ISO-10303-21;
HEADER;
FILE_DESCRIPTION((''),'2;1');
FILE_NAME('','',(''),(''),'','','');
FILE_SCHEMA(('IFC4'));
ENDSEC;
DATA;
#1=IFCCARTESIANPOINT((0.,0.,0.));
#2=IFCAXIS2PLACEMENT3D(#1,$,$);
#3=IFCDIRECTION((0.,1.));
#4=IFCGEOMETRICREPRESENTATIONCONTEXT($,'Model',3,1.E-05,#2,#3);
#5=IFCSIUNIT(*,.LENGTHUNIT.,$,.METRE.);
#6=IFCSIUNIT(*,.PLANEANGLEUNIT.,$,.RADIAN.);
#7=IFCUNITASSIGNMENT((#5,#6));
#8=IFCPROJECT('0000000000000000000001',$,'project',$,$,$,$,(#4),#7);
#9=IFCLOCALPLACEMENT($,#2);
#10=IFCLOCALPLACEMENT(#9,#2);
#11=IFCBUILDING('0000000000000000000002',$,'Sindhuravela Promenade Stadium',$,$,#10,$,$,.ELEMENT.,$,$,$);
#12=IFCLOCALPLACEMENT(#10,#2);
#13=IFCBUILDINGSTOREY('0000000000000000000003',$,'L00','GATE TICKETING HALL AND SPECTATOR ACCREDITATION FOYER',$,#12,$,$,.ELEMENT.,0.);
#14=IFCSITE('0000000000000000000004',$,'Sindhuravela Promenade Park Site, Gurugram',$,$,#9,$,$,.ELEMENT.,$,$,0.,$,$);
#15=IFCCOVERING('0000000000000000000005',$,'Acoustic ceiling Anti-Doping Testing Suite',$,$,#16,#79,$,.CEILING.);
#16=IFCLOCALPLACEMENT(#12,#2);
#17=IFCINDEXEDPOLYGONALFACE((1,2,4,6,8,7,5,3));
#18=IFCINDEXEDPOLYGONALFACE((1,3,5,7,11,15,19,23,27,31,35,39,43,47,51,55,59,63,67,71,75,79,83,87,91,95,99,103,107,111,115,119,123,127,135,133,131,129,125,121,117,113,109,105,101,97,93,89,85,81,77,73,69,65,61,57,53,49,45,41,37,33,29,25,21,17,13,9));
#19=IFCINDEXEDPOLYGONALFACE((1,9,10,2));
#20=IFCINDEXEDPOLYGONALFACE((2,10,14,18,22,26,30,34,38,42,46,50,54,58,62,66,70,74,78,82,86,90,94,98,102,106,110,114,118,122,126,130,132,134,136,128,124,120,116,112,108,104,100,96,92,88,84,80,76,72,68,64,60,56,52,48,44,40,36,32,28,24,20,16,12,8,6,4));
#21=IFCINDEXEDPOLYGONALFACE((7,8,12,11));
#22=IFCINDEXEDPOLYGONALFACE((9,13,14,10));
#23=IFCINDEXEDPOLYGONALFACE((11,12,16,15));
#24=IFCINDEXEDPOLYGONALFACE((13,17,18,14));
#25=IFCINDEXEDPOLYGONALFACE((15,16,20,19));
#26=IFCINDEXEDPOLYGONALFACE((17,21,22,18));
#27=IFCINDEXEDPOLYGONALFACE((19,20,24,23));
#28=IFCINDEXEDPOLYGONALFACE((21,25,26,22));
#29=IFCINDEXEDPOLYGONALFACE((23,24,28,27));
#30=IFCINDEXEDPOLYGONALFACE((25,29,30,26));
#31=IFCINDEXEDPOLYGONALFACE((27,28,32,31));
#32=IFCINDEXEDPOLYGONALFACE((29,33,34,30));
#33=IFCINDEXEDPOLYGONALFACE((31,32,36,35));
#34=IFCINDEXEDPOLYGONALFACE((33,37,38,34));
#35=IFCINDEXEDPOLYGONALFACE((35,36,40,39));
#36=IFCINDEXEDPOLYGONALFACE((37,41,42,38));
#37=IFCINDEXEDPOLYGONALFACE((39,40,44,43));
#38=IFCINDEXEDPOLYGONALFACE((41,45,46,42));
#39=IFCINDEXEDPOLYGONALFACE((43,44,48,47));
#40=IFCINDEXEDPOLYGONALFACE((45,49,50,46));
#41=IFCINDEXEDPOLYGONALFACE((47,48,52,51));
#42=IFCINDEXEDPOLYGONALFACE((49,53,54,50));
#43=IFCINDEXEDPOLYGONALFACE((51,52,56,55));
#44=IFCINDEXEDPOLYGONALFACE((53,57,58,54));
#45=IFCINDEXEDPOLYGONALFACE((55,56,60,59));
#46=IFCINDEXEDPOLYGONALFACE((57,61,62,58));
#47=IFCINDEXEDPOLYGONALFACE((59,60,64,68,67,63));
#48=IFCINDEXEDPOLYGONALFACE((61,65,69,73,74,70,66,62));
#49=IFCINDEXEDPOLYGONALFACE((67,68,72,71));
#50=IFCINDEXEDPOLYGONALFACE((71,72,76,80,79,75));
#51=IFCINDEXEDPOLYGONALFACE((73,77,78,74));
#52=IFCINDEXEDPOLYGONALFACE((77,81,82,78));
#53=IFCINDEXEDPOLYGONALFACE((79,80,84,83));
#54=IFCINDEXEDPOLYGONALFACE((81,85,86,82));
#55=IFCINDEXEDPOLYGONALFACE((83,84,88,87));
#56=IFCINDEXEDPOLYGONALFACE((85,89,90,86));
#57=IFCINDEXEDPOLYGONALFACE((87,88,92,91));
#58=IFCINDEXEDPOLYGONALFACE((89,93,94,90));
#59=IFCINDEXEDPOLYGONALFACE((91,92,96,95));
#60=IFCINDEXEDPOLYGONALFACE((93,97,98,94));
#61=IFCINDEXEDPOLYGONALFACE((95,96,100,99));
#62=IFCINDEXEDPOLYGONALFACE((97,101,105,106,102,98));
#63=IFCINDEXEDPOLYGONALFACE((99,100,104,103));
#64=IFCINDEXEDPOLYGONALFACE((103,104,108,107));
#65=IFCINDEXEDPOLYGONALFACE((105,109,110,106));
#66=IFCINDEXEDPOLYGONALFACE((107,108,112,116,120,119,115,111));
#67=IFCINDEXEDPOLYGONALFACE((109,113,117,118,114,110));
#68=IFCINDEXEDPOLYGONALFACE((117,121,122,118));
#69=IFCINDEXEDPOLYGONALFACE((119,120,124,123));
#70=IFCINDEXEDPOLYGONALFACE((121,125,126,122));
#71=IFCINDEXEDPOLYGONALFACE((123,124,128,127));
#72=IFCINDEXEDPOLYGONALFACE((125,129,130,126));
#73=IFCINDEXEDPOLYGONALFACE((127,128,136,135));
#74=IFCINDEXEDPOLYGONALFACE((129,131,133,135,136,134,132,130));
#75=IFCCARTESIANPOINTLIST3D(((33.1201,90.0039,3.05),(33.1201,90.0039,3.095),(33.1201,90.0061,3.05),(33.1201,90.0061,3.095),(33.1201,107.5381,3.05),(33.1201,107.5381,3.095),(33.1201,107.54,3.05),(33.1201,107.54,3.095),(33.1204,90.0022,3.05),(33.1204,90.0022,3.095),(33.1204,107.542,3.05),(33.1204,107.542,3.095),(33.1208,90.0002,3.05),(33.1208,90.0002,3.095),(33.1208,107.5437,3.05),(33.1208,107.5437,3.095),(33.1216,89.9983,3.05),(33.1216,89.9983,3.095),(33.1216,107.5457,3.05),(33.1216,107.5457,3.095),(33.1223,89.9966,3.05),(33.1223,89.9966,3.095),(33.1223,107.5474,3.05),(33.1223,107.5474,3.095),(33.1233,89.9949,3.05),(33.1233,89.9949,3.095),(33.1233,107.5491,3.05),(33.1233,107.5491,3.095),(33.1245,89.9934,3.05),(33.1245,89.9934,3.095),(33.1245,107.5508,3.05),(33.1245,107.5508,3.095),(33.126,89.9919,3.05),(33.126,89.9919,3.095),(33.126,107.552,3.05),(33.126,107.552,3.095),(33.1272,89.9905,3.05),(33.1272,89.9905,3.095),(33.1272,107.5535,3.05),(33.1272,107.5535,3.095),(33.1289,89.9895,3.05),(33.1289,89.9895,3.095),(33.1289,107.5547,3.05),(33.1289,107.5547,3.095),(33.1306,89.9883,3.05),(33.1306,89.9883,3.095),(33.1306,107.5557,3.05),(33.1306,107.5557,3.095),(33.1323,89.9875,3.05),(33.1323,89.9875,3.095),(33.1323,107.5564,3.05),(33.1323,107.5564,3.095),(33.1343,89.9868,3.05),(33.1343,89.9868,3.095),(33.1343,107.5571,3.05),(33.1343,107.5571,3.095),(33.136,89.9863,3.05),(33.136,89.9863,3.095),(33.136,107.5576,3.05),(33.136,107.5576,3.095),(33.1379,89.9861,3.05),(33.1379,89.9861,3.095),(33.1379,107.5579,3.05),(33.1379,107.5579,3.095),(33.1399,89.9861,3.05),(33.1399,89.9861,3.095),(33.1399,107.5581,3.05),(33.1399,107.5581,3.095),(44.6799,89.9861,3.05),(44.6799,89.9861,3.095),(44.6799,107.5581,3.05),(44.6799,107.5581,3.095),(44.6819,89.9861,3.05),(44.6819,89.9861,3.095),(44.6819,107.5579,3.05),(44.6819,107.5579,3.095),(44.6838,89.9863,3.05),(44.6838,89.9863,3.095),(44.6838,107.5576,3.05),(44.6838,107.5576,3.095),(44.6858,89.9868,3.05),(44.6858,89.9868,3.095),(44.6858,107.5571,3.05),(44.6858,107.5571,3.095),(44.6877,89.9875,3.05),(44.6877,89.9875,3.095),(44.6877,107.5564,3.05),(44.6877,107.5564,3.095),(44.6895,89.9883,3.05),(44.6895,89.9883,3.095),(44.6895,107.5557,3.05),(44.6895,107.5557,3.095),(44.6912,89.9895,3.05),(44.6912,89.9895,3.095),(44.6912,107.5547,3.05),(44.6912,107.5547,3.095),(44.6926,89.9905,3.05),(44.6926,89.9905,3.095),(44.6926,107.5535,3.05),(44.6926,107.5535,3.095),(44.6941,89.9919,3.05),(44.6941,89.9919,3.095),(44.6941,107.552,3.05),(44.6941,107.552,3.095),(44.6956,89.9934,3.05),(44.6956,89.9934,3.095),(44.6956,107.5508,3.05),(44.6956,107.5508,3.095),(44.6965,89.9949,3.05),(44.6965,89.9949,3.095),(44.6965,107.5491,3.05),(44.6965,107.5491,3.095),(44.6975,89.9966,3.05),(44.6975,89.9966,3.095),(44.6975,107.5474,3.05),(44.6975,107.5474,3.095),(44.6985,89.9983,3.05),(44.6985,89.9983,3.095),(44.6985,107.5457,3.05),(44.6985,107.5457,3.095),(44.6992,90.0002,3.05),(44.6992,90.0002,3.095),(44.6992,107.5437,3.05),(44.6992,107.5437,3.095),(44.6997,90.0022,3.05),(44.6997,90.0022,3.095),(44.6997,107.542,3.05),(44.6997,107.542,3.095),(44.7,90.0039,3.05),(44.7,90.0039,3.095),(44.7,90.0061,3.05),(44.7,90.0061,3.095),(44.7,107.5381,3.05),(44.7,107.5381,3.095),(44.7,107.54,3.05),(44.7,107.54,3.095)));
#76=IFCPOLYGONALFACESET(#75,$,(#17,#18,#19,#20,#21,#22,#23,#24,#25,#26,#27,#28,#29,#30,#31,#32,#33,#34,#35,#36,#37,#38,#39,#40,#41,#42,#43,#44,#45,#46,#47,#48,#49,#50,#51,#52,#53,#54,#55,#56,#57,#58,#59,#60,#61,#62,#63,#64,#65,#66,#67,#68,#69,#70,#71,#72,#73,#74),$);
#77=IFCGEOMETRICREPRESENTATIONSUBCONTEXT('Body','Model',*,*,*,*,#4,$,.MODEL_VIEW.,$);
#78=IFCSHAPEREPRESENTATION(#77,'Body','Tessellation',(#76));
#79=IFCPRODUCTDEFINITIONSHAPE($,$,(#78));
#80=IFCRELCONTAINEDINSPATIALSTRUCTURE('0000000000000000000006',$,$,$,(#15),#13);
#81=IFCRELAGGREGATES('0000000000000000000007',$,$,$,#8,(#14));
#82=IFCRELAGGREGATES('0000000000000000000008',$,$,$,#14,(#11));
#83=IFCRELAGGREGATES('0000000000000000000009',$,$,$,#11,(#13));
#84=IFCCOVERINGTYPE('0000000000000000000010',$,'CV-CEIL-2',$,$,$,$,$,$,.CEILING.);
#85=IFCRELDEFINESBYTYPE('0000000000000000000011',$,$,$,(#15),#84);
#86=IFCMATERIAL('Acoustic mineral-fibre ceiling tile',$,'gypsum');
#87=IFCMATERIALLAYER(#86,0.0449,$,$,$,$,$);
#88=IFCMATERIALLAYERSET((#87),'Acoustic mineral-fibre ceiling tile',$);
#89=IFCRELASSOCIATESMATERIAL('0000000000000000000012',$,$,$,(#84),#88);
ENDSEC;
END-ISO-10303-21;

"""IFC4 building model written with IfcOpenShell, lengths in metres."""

from ifc_helpers import new_model, si_unit, direction, frame, origin, place, context, subcontext, project, spatial, polyline, outline, extrude, material, layer, layer_set, type_object, element, save


model = new_model("IFC4")

# Units and contexts
model_context = context("Model", 3, precision=1e-05, world=origin(), true_north=direction((0.0, 1.0)))
body_context = subcontext(model_context, "Body", "Model", "MODEL_VIEW")
ifc_project = project(units=[si_unit("LENGTHUNIT", "METRE"), si_unit("PLANEANGLEUNIT", "RADIAN")], contexts=[model_context])

# Site, building, storey
site_placement = place(None, origin())
site = spatial("IfcSite", under=ifc_project, at=site_placement, Name="Sindhuravela Promenade Park Site, Gurugram", CompositionType="ELEMENT", RefElevation=0.0)
building_placement = place(site_placement, origin())
building = spatial("IfcBuilding", under=site, at=building_placement, Name="Sindhuravela Promenade Stadium", CompositionType="ELEMENT")
storey_placement = place(building_placement, origin())
storey = spatial("IfcBuildingStorey", under=building, at=storey_placement, Name="L00", Description="GATE TICKETING HALL AND SPECTATOR ACCREDITATION FOYER", CompositionType="ELEMENT", Elevation=0.0)

# Covering
ifc_material_1 = material(Name="Acoustic mineral-fibre ceiling tile", Category="gypsum")
ifc_layer_1 = layer(ifc_material_1, 0.0449)
ifc_layer_set_1 = layer_set([ifc_layer_1], Name="Acoustic mineral-fibre ceiling tile")
covering_type_1 = type_object("IfcCoveringType", Name="CV-CEIL-2", PredefinedType="CEILING", material=ifc_layer_set_1)
covering_1_placement = place(storey_placement, frame((0.0, 0.0, 3.05)))
element("IfcCovering", 1, at=covering_1_placement, inside=storey, type_object=covering_type_1, Name="Acoustic ceiling Anti-Doping Testing Suite", PredefinedType="CEILING", context=body_context, shape_type="SweptSolid", body=[
    extrude(outline(polyline([(44.7, 90.0061), (44.7, 90.0039), (44.6997, 90.0022), (44.6992, 90.0002), (44.6985, 89.9983), (44.6975, 89.9966), (44.6965, 89.9949), (44.6956, 89.9934), (44.6941, 89.9919), (44.6926, 89.9905), (44.6912, 89.9895), (44.6895, 89.9883), (44.6877, 89.9875), (44.6858, 89.9868), (44.6838, 89.9863), (44.6819, 89.9861), (44.6799, 89.9861), (33.1399, 89.9861), (33.1379, 89.9861), (33.136, 89.9863), (33.1343, 89.9868), (33.1323, 89.9875), (33.1306, 89.9883), (33.1289, 89.9895), (33.1272, 89.9905), (33.126, 89.9919), (33.1245, 89.9934), (33.1233, 89.9949), (33.1223, 89.9966), (33.1216, 89.9983), (33.1208, 90.0002), (33.1204, 90.0022), (33.1201, 90.0039), (33.1201, 90.0061), (33.1201, 107.5381), (33.1201, 107.54), (33.1204, 107.542), (33.1208, 107.5437), (33.1216, 107.5457), (33.1223, 107.5474), (33.1233, 107.5491), (33.1245, 107.5508), (33.126, 107.552), (33.1272, 107.5535), (33.1289, 107.5547), (33.1306, 107.5557), (33.1323, 107.5564), (33.1343, 107.5571), (33.136, 107.5576), (33.1379, 107.5579), (33.1399, 107.5581), (44.6799, 107.5581), (44.6819, 107.5579), (44.6838, 107.5576), (44.6858, 107.5571), (44.6877, 107.5564), (44.6895, 107.5557), (44.6912, 107.5547), (44.6926, 107.5535), (44.6941, 107.552), (44.6956, 107.5508), (44.6965, 107.5491), (44.6975, 107.5474), (44.6985, 107.5457), (44.6992, 107.5437), (44.6997, 107.542), (44.7, 107.54), (44.7, 107.5381), (44.7, 90.0061)])), origin(), (0.0, 0.0, 1.0), 0.0449),
])

save(model, "model.ifc")
